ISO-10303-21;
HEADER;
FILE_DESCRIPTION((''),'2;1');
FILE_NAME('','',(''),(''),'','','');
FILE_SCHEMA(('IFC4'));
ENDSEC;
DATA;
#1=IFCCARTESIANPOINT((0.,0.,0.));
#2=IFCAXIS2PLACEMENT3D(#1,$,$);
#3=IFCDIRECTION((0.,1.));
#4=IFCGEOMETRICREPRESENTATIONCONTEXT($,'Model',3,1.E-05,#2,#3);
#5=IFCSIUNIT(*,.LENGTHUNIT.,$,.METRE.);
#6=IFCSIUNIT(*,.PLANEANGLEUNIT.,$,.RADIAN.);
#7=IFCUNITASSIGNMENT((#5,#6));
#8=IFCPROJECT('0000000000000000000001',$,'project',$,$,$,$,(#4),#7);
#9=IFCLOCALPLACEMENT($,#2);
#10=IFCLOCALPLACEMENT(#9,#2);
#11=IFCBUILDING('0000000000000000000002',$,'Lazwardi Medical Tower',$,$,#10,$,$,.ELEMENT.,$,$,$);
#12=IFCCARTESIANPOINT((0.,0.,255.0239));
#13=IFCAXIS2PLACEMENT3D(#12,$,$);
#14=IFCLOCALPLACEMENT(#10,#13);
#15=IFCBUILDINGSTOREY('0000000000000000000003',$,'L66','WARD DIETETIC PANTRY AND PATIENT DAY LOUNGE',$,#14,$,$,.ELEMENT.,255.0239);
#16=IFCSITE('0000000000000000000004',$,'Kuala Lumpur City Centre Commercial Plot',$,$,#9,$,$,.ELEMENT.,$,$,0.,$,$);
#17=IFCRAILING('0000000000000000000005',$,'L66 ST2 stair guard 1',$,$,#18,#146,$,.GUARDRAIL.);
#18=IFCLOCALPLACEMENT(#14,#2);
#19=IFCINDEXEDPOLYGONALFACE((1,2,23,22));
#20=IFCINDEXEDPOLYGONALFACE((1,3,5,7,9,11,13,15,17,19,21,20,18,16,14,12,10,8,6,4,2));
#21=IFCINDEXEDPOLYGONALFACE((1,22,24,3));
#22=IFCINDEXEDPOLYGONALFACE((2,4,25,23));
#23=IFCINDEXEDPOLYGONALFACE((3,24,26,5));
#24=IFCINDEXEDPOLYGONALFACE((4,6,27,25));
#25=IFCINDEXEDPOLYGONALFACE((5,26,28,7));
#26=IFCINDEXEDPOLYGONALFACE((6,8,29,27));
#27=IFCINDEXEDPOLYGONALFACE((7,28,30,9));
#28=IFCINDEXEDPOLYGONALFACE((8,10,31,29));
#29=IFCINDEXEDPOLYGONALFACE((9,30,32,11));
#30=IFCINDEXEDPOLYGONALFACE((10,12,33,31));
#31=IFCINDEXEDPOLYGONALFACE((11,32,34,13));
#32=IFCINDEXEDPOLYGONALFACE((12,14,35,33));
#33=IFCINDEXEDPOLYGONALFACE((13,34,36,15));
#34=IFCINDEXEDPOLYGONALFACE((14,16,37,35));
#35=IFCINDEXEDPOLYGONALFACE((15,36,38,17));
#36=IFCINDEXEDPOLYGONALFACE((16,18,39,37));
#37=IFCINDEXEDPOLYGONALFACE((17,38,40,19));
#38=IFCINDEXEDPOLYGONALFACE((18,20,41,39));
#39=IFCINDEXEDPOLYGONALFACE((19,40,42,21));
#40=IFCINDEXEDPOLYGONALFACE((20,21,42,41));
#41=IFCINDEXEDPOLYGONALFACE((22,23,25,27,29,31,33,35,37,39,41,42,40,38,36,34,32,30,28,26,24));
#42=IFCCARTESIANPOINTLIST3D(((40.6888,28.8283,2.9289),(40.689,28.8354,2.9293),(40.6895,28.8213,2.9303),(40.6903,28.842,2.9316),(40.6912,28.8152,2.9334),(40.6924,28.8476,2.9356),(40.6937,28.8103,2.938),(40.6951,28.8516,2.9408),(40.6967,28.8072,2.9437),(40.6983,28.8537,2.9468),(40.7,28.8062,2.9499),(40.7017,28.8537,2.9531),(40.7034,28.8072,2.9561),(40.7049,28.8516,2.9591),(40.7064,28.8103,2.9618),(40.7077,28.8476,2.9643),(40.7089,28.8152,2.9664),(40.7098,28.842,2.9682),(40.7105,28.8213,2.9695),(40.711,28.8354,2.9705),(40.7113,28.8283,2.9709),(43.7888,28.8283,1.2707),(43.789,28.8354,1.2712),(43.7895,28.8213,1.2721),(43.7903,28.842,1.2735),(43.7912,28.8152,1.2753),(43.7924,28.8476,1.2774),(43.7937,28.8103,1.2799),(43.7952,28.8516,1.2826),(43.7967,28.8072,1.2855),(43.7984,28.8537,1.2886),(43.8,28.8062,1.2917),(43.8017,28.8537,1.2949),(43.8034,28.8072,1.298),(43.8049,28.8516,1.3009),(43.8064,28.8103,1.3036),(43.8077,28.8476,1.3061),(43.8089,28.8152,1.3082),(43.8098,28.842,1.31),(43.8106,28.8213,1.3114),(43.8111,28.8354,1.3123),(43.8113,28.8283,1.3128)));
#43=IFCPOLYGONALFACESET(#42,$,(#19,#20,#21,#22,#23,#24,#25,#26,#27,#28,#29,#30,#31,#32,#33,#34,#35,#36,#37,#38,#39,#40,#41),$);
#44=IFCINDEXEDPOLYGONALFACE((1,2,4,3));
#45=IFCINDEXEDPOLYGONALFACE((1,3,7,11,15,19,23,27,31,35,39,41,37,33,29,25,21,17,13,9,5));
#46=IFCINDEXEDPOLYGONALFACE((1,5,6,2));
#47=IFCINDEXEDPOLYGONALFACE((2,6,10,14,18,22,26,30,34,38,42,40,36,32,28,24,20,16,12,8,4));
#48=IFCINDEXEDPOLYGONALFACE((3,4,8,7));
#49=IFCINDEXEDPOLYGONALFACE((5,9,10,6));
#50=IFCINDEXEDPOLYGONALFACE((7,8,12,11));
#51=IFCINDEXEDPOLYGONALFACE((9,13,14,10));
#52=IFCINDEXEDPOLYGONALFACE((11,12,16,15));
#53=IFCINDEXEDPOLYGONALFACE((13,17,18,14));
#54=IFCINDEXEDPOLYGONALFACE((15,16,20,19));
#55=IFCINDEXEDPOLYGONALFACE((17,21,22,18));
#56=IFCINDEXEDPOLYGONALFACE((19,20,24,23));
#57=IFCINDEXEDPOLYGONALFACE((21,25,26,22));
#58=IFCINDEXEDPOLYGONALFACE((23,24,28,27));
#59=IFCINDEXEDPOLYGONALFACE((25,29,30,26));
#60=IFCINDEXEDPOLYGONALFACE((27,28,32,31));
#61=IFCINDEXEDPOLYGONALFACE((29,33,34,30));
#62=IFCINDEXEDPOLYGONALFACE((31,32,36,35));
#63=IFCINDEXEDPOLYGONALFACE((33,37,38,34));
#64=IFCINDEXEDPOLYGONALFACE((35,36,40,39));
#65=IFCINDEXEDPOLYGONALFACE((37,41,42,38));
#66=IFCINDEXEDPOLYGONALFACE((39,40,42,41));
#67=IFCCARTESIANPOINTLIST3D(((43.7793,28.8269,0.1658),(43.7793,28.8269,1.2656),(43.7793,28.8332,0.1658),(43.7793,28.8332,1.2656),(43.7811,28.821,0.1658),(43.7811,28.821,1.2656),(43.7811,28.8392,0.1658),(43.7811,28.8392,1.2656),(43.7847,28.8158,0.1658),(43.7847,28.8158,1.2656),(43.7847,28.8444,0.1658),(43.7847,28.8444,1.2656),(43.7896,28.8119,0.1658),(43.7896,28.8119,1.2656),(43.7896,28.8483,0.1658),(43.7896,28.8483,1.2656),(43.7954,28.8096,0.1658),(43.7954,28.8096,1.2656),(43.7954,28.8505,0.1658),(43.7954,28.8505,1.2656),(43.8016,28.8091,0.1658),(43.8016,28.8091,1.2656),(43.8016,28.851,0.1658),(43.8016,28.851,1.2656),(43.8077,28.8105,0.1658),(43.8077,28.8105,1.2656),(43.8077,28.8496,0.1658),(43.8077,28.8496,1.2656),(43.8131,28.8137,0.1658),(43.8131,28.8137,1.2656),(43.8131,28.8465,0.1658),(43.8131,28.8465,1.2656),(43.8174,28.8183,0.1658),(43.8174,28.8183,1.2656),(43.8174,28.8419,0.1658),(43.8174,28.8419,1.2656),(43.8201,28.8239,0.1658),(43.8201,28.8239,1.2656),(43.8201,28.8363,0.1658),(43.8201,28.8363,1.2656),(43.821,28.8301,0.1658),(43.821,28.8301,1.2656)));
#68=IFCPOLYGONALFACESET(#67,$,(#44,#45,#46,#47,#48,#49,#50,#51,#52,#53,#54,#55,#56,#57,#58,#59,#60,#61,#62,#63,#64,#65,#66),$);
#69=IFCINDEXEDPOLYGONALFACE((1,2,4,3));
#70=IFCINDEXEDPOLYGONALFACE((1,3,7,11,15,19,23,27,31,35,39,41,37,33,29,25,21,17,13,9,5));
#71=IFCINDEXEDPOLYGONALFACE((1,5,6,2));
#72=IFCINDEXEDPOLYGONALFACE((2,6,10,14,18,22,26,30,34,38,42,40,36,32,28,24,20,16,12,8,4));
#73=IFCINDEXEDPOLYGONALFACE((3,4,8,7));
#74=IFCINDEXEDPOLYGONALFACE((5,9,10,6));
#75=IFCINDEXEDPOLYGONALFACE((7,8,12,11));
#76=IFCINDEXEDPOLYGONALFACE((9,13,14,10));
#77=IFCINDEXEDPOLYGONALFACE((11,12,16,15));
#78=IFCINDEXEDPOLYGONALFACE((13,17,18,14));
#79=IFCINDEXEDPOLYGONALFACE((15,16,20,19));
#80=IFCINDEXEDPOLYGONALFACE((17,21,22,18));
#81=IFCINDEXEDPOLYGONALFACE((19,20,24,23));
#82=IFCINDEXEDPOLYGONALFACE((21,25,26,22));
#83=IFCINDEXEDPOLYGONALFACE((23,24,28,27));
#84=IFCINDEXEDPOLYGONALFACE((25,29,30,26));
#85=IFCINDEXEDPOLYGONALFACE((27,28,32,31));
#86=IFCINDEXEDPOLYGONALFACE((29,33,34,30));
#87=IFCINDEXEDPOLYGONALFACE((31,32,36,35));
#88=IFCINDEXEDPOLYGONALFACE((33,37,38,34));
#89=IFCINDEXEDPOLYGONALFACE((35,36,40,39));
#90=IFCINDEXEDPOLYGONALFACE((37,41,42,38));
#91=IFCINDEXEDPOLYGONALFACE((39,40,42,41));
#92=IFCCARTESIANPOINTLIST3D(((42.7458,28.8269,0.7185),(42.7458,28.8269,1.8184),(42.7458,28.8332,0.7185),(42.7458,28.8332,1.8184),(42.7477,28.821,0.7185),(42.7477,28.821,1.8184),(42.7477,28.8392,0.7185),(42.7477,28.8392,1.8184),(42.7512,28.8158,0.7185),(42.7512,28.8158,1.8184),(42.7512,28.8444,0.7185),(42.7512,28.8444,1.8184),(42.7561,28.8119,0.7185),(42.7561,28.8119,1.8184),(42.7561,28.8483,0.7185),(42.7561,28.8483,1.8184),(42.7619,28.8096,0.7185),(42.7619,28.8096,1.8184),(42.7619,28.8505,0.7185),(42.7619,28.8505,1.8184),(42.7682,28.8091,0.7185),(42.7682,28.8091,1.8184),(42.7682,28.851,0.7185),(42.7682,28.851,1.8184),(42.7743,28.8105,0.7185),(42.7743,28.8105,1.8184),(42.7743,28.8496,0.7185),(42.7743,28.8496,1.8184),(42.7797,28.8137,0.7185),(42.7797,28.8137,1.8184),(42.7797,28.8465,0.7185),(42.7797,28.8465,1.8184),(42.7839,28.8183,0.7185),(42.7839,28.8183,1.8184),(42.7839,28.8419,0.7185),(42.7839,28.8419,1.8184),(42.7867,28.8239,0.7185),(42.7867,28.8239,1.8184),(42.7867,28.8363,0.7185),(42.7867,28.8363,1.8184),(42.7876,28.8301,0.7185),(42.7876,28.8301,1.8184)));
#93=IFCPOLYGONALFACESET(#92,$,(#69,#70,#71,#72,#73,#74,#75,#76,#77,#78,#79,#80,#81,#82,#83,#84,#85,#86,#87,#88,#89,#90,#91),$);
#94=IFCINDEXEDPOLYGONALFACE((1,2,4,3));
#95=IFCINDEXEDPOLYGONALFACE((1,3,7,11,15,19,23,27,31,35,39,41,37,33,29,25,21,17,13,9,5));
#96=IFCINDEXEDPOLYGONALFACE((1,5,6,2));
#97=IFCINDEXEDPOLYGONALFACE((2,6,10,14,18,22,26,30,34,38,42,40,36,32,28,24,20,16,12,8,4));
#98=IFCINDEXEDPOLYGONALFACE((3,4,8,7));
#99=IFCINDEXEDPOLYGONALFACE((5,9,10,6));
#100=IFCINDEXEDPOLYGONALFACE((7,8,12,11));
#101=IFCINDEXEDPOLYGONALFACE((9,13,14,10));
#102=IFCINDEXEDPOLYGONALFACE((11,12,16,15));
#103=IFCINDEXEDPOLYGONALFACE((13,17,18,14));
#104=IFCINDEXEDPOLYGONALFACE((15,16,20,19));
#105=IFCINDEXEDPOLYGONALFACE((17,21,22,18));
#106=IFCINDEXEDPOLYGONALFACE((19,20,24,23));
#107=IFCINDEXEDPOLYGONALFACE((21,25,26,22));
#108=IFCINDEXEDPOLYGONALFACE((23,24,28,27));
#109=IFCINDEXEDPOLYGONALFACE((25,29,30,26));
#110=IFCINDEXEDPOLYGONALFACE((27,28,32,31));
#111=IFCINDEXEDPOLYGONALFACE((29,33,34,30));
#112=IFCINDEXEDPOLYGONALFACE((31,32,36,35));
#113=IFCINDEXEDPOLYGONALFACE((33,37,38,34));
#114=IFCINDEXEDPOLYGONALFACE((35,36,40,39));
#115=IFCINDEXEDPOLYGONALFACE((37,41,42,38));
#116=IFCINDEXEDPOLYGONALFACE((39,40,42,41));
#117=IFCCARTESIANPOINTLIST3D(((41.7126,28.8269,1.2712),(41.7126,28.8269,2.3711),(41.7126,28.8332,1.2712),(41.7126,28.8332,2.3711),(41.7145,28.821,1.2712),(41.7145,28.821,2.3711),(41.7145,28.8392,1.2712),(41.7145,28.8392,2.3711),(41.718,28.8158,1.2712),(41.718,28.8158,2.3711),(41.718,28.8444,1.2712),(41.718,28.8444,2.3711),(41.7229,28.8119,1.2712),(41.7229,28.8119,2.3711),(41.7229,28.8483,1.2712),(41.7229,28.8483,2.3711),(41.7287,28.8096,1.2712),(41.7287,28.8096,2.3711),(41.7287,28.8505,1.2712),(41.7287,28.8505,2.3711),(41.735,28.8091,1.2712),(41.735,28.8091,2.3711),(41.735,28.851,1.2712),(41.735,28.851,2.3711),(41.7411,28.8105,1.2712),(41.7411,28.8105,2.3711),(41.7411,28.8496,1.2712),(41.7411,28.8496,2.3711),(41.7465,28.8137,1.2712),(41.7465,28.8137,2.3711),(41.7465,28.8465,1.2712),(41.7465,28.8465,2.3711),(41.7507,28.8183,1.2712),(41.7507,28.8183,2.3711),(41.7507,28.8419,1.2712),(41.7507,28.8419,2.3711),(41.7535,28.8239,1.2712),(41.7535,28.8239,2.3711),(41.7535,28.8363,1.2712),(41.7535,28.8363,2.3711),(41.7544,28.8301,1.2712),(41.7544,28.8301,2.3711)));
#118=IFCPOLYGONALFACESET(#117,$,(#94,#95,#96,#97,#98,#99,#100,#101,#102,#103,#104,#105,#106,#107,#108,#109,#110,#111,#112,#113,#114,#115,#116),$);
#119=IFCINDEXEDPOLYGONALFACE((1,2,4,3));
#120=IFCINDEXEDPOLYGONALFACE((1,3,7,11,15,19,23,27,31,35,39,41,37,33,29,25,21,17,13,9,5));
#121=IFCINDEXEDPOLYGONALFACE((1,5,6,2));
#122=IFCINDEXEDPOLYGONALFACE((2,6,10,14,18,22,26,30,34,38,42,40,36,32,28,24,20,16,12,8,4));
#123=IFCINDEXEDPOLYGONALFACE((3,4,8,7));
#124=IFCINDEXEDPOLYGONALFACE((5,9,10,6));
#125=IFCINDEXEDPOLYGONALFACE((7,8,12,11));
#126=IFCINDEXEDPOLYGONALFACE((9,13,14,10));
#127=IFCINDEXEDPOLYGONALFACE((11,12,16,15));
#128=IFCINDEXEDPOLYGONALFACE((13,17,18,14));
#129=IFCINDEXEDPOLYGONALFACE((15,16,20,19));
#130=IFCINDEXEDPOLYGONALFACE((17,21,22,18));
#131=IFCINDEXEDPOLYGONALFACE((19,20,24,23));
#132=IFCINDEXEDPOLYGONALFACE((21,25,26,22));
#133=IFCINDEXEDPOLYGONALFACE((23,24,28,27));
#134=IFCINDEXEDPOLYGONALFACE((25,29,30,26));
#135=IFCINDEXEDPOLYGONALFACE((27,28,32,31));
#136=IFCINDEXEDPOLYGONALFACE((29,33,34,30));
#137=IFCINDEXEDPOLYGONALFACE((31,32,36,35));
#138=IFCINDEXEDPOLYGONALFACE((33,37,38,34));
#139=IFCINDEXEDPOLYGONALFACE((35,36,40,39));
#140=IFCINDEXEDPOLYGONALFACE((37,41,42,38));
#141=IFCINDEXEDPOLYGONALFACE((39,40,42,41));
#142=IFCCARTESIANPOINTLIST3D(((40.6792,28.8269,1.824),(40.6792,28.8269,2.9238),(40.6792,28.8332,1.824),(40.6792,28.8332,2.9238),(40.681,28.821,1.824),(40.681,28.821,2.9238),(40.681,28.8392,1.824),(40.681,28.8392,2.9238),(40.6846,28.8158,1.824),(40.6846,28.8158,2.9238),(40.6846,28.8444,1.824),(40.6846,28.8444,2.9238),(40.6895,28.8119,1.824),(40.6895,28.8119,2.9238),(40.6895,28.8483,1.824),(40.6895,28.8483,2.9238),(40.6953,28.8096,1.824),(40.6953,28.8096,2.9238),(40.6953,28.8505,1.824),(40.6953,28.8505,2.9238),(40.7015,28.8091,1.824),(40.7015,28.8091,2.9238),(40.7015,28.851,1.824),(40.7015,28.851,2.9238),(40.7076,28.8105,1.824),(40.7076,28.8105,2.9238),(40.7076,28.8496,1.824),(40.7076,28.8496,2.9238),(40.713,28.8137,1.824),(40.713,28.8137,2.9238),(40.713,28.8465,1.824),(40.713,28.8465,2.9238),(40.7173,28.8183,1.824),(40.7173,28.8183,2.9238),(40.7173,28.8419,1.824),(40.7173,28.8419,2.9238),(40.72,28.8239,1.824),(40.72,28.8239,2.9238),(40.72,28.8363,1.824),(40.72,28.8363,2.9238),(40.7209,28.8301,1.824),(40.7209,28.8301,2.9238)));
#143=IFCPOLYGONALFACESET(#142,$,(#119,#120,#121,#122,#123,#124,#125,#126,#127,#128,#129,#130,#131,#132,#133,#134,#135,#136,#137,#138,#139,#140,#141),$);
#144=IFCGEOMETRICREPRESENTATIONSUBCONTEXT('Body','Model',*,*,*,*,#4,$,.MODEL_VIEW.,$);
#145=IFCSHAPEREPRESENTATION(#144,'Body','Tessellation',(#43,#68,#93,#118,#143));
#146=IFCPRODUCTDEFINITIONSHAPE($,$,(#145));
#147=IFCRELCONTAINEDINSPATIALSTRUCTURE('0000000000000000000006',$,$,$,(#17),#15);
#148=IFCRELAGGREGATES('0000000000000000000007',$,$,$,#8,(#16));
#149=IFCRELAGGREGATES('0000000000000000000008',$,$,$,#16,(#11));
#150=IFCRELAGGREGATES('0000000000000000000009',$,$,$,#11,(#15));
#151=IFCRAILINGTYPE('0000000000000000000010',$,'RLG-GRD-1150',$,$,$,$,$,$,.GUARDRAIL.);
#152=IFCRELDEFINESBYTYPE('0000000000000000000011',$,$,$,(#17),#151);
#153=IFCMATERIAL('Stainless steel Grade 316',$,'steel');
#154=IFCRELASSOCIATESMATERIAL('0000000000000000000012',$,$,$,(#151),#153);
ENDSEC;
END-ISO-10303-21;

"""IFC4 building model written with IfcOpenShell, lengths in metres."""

from ifc_helpers import new_model, si_unit, direction, frame, origin, origin_2d, place, context, subcontext, project, spatial, circle, extrude, material, type_object, element, save


model = new_model("IFC4")

# Units and contexts
model_context = context("Model", 3, precision=1e-05, world=origin(), true_north=direction((0.0, 1.0)))
body_context = subcontext(model_context, "Body", "Model", "MODEL_VIEW")
ifc_project = project(units=[si_unit("LENGTHUNIT", "METRE"), si_unit("PLANEANGLEUNIT", "RADIAN")], contexts=[model_context])

# Site, building, storey
site_placement = place(None, origin())
site = spatial("IfcSite", under=ifc_project, at=site_placement, Name="Kuala Lumpur City Centre Commercial Plot", CompositionType="ELEMENT", RefElevation=0.0)
building_placement = place(site_placement, origin())
building = spatial("IfcBuilding", under=site, at=building_placement, Name="Lazwardi Medical Tower", CompositionType="ELEMENT")
storey_placement = place(building_placement, frame((0.0, 0.0, 255.0239)))
storey = spatial("IfcBuildingStorey", under=building, at=storey_placement, Name="L66", Description="WARD DIETETIC PANTRY AND PATIENT DAY LOUNGE", CompositionType="ELEMENT", Elevation=255.0239)

# Railing
ifc_material_1 = material(Name="Stainless steel Grade 316", Category="steel")
railing_type_1 = type_object("IfcRailingType", Name="RLG-GRD-1150", PredefinedType="GUARDRAIL", material=ifc_material_1)
railing_1_placement = place(storey_placement, frame((43.8, 28.8301, 0.1658)))
element("IfcRailing", 1, at=railing_1_placement, inside=storey, type_object=railing_type_1, Name="L66 ST2 stair guard 1", PredefinedType="GUARDRAIL", context=body_context, shape_type="SweptSolid", body=[
    extrude(circle(Radius=0.0239, at=origin_2d()), frame((0.0, 0.0, 1.126), z_axis=(-0.881783, 0.0, 0.471655), x_axis=(0.0, -1.0, 0.0)), (0.0, 0.0, 1.0), 3.5156),
    extrude(circle(Radius=0.021, at=origin_2d()), origin(), (0.0, 0.0, 1.0), 1.0999),
    extrude(circle(Radius=0.021, at=origin_2d()), frame((-1.0334, 0.0, 0.5527)), (0.0, 0.0, 1.0), 1.0999),
    extrude(circle(Radius=0.021, at=origin_2d()), frame((-2.0667, 0.0, 1.1055)), (0.0, 0.0, 1.0), 1.0999),
    extrude(circle(Radius=0.021, at=origin_2d()), frame((-3.1001, 0.0, 1.6582)), (0.0, 0.0, 1.0), 1.0999),
])

save(model, "model.ifc")
